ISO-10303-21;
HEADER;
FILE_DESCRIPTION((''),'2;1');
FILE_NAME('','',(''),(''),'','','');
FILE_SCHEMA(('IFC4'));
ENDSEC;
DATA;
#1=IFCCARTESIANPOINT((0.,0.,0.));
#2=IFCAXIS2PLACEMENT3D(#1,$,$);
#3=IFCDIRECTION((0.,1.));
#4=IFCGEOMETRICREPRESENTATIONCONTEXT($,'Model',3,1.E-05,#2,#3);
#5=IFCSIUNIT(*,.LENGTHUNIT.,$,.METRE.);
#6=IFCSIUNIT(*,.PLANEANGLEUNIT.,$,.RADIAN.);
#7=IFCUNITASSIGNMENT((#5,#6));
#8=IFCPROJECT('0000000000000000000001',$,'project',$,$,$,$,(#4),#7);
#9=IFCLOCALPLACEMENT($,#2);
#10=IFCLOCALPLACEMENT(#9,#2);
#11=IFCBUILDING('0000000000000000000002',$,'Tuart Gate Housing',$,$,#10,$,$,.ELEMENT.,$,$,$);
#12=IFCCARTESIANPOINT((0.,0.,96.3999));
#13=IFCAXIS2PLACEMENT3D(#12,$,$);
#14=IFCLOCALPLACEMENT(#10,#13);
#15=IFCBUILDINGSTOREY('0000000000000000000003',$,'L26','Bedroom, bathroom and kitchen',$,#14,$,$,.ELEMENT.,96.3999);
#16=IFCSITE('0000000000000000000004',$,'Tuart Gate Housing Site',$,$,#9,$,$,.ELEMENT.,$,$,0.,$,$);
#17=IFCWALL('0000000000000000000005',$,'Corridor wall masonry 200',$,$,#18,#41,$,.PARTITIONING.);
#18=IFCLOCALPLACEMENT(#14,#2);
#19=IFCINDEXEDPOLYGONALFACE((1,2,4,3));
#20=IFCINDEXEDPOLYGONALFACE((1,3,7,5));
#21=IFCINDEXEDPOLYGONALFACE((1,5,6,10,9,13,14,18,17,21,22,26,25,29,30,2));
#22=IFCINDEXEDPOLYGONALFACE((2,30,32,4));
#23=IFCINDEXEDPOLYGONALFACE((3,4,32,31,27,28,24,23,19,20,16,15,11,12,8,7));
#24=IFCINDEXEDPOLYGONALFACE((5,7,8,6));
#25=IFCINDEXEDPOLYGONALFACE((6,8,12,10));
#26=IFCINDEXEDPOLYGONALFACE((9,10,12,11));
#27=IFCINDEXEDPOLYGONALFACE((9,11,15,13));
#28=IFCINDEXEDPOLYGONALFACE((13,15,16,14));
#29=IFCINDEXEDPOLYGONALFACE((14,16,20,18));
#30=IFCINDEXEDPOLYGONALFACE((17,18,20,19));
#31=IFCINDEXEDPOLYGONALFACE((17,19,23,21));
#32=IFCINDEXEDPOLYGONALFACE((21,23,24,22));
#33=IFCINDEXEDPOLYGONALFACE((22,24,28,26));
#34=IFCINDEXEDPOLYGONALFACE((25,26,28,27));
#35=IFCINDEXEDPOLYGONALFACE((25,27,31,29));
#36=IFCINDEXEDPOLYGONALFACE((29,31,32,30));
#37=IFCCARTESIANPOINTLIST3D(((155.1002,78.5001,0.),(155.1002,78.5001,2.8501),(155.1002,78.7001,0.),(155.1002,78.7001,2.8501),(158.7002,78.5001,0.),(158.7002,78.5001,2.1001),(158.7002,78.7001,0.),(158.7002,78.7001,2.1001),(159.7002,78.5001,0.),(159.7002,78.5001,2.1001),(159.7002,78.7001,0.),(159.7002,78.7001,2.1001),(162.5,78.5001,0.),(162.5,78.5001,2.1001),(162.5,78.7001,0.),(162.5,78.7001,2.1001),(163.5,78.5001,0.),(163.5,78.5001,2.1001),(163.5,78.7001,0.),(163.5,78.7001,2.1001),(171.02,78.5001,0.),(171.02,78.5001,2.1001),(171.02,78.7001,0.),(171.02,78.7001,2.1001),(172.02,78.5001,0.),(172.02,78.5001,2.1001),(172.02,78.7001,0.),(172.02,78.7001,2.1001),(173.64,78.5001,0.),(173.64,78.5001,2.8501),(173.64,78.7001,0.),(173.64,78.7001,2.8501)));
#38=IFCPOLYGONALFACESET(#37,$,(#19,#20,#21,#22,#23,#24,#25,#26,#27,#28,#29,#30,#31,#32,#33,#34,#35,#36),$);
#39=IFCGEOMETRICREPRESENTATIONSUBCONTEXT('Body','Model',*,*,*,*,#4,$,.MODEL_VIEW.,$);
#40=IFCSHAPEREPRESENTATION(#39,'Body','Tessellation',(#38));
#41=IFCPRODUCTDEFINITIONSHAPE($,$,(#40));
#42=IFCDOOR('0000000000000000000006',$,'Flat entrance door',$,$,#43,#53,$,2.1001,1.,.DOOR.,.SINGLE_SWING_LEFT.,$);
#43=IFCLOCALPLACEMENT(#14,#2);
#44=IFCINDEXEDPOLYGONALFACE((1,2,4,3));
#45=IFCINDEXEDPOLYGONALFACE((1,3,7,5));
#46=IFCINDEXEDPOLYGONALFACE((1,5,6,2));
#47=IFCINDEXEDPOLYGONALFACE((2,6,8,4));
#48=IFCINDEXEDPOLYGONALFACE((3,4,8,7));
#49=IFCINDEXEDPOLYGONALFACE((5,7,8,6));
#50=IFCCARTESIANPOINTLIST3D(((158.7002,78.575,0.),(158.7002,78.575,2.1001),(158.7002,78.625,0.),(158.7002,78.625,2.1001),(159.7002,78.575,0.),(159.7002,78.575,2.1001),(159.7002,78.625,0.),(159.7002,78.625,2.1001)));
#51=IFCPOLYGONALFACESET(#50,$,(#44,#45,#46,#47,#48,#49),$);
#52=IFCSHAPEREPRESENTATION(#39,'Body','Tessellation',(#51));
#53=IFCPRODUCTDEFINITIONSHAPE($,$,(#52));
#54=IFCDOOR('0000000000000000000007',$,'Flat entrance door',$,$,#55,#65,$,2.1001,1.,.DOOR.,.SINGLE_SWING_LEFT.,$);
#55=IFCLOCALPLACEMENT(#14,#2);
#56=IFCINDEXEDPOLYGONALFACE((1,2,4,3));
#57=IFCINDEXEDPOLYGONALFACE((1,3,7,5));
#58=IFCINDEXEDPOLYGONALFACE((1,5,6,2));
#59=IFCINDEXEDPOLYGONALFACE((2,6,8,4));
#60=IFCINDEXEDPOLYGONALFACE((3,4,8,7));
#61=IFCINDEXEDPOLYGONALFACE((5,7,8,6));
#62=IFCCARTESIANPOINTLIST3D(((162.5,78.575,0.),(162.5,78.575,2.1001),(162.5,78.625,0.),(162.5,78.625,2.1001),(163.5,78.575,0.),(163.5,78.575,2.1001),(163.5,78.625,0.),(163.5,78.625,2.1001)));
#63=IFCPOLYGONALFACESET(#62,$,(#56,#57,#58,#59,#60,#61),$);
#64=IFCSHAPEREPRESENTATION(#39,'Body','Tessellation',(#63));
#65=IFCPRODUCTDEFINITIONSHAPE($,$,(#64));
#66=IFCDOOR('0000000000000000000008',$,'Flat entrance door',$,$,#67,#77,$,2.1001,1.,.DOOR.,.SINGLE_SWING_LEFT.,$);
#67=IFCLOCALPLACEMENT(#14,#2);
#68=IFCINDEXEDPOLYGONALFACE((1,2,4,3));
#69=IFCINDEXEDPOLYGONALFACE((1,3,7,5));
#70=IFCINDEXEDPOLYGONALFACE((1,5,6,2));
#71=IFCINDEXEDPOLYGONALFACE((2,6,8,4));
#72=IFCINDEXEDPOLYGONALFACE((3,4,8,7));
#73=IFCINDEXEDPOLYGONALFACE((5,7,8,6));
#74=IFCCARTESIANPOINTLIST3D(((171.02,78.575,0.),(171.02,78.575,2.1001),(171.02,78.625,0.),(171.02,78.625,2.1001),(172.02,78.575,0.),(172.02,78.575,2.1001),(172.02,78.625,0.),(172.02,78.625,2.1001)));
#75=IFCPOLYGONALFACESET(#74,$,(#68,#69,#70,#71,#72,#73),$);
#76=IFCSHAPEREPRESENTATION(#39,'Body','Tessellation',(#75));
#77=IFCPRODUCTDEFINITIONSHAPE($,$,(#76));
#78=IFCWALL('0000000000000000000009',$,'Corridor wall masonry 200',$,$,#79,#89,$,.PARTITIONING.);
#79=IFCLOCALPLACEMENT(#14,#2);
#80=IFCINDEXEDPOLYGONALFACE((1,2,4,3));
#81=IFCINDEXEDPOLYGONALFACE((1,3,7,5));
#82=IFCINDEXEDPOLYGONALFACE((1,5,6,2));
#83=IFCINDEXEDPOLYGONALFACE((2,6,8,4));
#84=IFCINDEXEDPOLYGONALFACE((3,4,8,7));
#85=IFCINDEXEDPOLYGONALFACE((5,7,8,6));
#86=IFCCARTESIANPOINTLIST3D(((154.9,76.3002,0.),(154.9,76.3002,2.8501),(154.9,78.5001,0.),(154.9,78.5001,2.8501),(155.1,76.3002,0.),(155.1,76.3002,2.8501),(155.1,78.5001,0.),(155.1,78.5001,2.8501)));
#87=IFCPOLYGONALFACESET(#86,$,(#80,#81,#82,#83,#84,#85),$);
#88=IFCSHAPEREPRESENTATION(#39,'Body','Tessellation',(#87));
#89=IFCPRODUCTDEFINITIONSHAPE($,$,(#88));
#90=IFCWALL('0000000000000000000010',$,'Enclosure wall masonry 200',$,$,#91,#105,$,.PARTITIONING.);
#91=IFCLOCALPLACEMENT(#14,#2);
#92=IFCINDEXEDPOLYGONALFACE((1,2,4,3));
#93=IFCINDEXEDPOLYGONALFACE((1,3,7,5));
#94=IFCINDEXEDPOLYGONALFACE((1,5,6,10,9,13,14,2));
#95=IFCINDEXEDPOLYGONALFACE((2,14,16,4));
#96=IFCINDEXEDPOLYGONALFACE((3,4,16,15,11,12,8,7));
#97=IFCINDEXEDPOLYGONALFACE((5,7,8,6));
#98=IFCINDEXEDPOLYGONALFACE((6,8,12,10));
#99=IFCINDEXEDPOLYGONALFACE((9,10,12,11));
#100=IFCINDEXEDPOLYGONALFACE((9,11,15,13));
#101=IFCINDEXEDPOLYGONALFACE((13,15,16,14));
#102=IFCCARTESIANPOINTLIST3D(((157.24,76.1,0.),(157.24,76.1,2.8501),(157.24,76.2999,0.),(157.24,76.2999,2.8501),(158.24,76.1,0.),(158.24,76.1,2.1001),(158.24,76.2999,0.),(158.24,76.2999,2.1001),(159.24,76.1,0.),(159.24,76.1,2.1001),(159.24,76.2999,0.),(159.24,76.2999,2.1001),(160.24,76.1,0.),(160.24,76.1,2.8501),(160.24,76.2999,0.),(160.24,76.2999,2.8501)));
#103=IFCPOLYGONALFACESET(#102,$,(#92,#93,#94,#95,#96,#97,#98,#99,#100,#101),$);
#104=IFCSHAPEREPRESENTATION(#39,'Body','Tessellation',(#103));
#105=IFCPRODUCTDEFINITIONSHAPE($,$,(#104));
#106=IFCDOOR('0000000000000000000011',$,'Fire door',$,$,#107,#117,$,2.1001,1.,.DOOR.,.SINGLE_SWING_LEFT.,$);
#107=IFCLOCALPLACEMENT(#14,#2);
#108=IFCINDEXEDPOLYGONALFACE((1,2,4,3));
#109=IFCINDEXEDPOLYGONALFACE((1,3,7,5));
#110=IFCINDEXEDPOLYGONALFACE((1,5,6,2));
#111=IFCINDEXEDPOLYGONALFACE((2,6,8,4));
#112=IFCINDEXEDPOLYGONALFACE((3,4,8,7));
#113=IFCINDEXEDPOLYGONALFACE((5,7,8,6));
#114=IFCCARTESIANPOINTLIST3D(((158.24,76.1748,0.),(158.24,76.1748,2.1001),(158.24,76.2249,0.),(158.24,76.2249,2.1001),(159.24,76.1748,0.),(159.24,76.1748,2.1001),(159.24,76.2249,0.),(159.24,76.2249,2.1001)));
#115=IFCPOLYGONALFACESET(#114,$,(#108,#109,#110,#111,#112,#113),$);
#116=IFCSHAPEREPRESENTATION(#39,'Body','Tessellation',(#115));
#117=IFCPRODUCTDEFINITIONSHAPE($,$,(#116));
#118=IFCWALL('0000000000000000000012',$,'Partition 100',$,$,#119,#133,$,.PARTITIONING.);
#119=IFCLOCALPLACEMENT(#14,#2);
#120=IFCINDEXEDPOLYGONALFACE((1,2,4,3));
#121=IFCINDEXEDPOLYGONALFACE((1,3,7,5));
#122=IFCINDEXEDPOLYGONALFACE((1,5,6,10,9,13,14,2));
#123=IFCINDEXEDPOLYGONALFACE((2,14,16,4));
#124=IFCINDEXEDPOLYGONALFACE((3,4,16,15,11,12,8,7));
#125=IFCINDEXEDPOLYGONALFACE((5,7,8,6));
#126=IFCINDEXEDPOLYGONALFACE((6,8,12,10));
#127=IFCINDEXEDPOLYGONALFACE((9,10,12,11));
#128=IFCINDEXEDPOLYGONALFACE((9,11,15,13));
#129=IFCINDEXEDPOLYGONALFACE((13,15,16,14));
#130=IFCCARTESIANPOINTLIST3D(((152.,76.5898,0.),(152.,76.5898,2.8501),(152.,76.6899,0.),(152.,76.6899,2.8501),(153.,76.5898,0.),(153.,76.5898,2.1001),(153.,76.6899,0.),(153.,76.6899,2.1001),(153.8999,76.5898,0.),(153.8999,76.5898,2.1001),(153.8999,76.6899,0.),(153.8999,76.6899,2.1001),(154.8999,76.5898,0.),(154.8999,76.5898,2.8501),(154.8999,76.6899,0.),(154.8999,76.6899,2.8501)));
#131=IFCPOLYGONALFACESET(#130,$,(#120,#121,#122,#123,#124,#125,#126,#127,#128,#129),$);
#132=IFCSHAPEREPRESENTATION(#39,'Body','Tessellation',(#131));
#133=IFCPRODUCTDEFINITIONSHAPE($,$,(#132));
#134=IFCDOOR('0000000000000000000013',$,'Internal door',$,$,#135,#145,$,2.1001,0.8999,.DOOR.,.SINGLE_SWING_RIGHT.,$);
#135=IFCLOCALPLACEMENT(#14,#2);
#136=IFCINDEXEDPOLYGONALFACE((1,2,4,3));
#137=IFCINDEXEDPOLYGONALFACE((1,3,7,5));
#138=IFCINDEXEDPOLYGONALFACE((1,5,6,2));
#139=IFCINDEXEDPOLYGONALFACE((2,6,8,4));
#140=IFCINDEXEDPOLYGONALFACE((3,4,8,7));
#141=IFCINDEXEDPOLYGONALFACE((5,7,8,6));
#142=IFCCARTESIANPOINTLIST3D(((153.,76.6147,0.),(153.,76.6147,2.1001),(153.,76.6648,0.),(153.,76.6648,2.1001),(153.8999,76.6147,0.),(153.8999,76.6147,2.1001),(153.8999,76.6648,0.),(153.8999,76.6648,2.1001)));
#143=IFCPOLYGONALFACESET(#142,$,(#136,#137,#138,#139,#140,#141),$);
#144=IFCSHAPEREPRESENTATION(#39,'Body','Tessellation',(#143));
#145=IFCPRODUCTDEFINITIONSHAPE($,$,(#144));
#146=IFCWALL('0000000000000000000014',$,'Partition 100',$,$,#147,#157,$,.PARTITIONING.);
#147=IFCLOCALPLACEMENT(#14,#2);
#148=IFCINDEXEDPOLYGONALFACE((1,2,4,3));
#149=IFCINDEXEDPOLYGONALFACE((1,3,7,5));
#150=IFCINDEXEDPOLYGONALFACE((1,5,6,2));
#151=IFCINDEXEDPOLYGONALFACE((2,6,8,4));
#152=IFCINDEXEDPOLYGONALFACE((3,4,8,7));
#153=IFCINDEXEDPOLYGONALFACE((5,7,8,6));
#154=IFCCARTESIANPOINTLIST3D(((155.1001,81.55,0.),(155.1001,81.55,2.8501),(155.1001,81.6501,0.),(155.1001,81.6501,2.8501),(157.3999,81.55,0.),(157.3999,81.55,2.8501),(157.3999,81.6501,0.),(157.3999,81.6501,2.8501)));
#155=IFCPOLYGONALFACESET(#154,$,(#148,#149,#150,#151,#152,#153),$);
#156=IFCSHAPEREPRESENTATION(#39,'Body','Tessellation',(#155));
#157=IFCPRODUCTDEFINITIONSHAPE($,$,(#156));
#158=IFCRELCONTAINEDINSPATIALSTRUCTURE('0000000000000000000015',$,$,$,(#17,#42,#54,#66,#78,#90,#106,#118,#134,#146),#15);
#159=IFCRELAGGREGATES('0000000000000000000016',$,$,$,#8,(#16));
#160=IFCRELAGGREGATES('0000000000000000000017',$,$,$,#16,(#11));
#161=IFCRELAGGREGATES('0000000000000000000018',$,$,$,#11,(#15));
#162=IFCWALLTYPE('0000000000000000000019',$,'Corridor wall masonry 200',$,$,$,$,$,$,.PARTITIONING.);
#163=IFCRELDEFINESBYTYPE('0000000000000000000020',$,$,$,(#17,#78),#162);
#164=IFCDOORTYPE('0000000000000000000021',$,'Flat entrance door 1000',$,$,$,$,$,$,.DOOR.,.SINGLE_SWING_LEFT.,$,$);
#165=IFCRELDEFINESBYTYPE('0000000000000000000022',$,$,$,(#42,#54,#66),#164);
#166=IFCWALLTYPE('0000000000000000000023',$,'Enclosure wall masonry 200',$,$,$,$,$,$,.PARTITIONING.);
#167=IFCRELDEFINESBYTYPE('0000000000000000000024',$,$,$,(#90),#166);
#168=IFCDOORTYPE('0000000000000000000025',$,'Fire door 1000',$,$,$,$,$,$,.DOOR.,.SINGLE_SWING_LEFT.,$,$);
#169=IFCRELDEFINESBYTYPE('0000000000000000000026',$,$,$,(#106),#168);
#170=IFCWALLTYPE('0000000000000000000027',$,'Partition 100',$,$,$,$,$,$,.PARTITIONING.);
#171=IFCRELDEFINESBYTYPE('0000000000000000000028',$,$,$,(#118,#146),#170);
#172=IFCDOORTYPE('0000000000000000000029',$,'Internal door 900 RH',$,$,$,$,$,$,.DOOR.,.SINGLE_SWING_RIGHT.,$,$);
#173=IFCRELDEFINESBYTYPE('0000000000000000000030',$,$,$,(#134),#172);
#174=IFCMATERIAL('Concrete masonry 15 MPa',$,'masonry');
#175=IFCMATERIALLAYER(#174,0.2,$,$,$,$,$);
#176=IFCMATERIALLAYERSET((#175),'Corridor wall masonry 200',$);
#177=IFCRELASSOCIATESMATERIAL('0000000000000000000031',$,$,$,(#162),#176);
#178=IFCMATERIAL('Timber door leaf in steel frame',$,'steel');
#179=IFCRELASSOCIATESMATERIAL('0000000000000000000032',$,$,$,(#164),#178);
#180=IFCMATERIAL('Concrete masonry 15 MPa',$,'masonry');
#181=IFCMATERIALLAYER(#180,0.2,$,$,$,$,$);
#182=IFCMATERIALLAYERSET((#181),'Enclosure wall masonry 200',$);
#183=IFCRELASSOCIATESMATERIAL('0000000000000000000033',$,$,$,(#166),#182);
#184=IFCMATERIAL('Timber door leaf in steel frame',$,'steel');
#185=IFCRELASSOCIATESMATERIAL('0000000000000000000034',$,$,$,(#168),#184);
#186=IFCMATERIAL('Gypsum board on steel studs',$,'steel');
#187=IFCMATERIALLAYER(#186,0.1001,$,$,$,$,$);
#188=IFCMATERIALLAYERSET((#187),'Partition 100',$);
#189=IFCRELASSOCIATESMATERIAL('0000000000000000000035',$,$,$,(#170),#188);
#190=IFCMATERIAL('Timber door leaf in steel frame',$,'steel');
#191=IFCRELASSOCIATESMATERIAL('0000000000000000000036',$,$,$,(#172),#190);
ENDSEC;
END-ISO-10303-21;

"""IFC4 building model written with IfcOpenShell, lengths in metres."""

from ifc_helpers import new_model, si_unit, direction, frame, frame_2d, origin, place, context, subcontext, project, spatial, rectangle, extrude, material, layer, layer_set, type_object, element, fill, save


model = new_model("IFC4")

# Units and contexts
model_context = context("Model", 3, precision=1e-05, world=origin(), true_north=direction((0.0, 1.0)))
body_context = subcontext(model_context, "Body", "Model", "MODEL_VIEW")
ifc_project = project(units=[si_unit("LENGTHUNIT", "METRE"), si_unit("PLANEANGLEUNIT", "RADIAN")], contexts=[model_context])

# Site, building, storey
site_placement = place(None, origin())
site = spatial("IfcSite", under=ifc_project, at=site_placement, Name="Tuart Gate Housing Site", CompositionType="ELEMENT", RefElevation=0.0)
building_placement = place(site_placement, origin())
building = spatial("IfcBuilding", under=site, at=building_placement, Name="Tuart Gate Housing", CompositionType="ELEMENT")
storey_placement = place(building_placement, frame((0.0, 0.0, 96.3999)))
storey = spatial("IfcBuildingStorey", under=building, at=storey_placement, Name="L26", Description="Bedroom, bathroom and kitchen", CompositionType="ELEMENT", Elevation=96.3999)

# Shared definitions
ifc_material_1 = material(Name="Concrete masonry 15 MPa", Category="masonry")
ifc_layer_1 = layer(ifc_material_1, 0.2)
ifc_layer_set_1 = layer_set([ifc_layer_1], Name="Corridor wall masonry 200")
wall_type_1 = type_object("IfcWallType", Name="Corridor wall masonry 200", PredefinedType="PARTITIONING", material=ifc_layer_set_1)

# Wall, openings, doors
wall_1_placement = place(storey_placement, frame((155.1001, 78.6001, 0.0), z_axis=(0.0, 0.0, 1.0), x_axis=(1.0, 0.0, 0.0)))
wall_1 = element("IfcWall", 1, at=wall_1_placement, inside=storey, type_object=wall_type_1, Name="Corridor wall masonry 200", PredefinedType="PARTITIONING", context=body_context, shape_type="SweptSolid", body=[
    extrude(rectangle(XDim=18.5398, YDim=0.2, at=frame_2d((9.27, 0.0))), origin(), (0.0, 0.0, 1.0), 2.8501),
])
opening_1_placement = place(wall_1_placement, frame((3.6001, 0.0, 0.0)))
opening_1 = element("IfcOpeningElement", 2, at=opening_1_placement, cuts=wall_1, PredefinedType="OPENING", context=body_context, shape_type="SweptSolid", body=[
    extrude(rectangle(XDim=1.0, YDim=2.1001, at=frame_2d((0.5, 1.05))), frame((0.0, 0.1099, 0.0), z_axis=(0.0, -1.0, 0.0), x_axis=(1.0, 0.0, 0.0)), (0.0, 0.0, 1.0), 0.22),
])
opening_2_placement = place(wall_1_placement, frame((7.3999, 0.0, 0.0)))
opening_2 = element("IfcOpeningElement", 3, at=opening_2_placement, cuts=wall_1, PredefinedType="OPENING", context=body_context, shape_type="SweptSolid", body=[
    extrude(rectangle(XDim=1.0, YDim=2.1001, at=frame_2d((0.5, 1.05))), frame((0.0, 0.1099, 0.0), z_axis=(0.0, -1.0, 0.0), x_axis=(1.0, 0.0, 0.0)), (0.0, 0.0, 1.0), 0.22),
])
opening_3_placement = place(wall_1_placement, frame((15.9199, 0.0, 0.0)))
opening_3 = element("IfcOpeningElement", 4, at=opening_3_placement, cuts=wall_1, PredefinedType="OPENING", context=body_context, shape_type="SweptSolid", body=[
    extrude(rectangle(XDim=1.0, YDim=2.1001, at=frame_2d((0.5, 1.05))), frame((0.0, 0.1099, 0.0), z_axis=(0.0, -1.0, 0.0), x_axis=(1.0, 0.0, 0.0)), (0.0, 0.0, 1.0), 0.22),
])
ifc_material_2 = material(Name="Timber door leaf in steel frame", Category="steel")
door_type_1 = type_object("IfcDoorType", Name="Flat entrance door 1000", OperationType="SINGLE_SWING_LEFT", PredefinedType="DOOR", material=ifc_material_2)
door_1_placement = place(opening_1_placement, origin())
door_1 = element("IfcDoor", 5, at=door_1_placement, inside=storey, type_object=door_type_1, Name="Flat entrance door", OperationType="SINGLE_SWING_LEFT", OverallHeight=2.1001, OverallWidth=1.0, PredefinedType="DOOR", context=body_context, shape_type="SweptSolid", body=[
    extrude(rectangle(XDim=1.0, YDim=2.1001, at=frame_2d((0.5, 1.05))), frame((0.0, 0.0249, 0.0), z_axis=(0.0, -1.0, 0.0), x_axis=(1.0, 0.0, 0.0)), (0.0, 0.0, 1.0), 0.05),
])
fill(opening_1, door_1)
door_2_placement = place(opening_2_placement, origin())
door_2 = element("IfcDoor", 6, at=door_2_placement, inside=storey, type_object=door_type_1, Name="Flat entrance door", OperationType="SINGLE_SWING_LEFT", OverallHeight=2.1001, OverallWidth=1.0, PredefinedType="DOOR", context=body_context, shape_type="SweptSolid", body=[
    extrude(rectangle(XDim=1.0, YDim=2.1001, at=frame_2d((0.5, 1.05))), frame((0.0, 0.0249, 0.0), z_axis=(0.0, -1.0, 0.0), x_axis=(1.0, 0.0, 0.0)), (0.0, 0.0, 1.0), 0.05),
])
fill(opening_2, door_2)
door_3_placement = place(opening_3_placement, origin())
door_3 = element("IfcDoor", 7, at=door_3_placement, inside=storey, type_object=door_type_1, Name="Flat entrance door", OperationType="SINGLE_SWING_LEFT", OverallHeight=2.1001, OverallWidth=1.0, PredefinedType="DOOR", context=body_context, shape_type="SweptSolid", body=[
    extrude(rectangle(XDim=1.0, YDim=2.1001, at=frame_2d((0.5, 1.05))), frame((0.0, 0.0249, 0.0), z_axis=(0.0, -1.0, 0.0), x_axis=(1.0, 0.0, 0.0)), (0.0, 0.0, 1.0), 0.05),
])
fill(opening_3, door_3)

# Wall
wall_2_placement = place(storey_placement, frame((155.0, 76.3, 0.0), z_axis=(0.0, 0.0, 1.0), x_axis=(0.0, 1.0, 0.0)))
element("IfcWall", 8, at=wall_2_placement, inside=storey, type_object=wall_type_1, Name="Corridor wall masonry 200", PredefinedType="PARTITIONING", context=body_context, shape_type="SweptSolid", body=[
    extrude(rectangle(XDim=2.2, YDim=0.2, at=frame_2d((1.1001, 0.0))), origin(), (0.0, 0.0, 1.0), 2.8501),
])

# Walls, openings, doors
ifc_material_3 = material(Name="Concrete masonry 15 MPa", Category="masonry")
ifc_layer_2 = layer(ifc_material_3, 0.2)
ifc_layer_set_2 = layer_set([ifc_layer_2], Name="Enclosure wall masonry 200")
wall_type_2 = type_object("IfcWallType", Name="Enclosure wall masonry 200", PredefinedType="PARTITIONING", material=ifc_layer_set_2)
wall_3_placement = place(storey_placement, frame((157.24, 76.2, 0.0), z_axis=(0.0, 0.0, 1.0), x_axis=(1.0, 0.0, 0.0)))
wall_3 = element("IfcWall", 9, at=wall_3_placement, inside=storey, type_object=wall_type_2, Name="Enclosure wall masonry 200", PredefinedType="PARTITIONING", context=body_context, shape_type="SweptSolid", body=[
    extrude(rectangle(XDim=3.0, YDim=0.2, at=frame_2d((1.5, 0.0))), origin(), (0.0, 0.0, 1.0), 2.8501),
])
opening_4_placement = place(wall_3_placement, frame((1.0, 0.0, 0.0)))
opening_4 = element("IfcOpeningElement", 10, at=opening_4_placement, cuts=wall_3, PredefinedType="OPENING", context=body_context, shape_type="SweptSolid", body=[
    extrude(rectangle(XDim=1.0, YDim=2.1001, at=frame_2d((0.5, 1.05))), frame((0.0, 0.1099, 0.0), z_axis=(0.0, -1.0, 0.0), x_axis=(1.0, 0.0, 0.0)), (0.0, 0.0, 1.0), 0.22),
])
ifc_material_4 = material(Name="Timber door leaf in steel frame", Category="steel")
door_type_2 = type_object("IfcDoorType", Name="Fire door 1000", OperationType="SINGLE_SWING_LEFT", PredefinedType="DOOR", material=ifc_material_4)
door_4_placement = place(opening_4_placement, origin())
door_4 = element("IfcDoor", 11, at=door_4_placement, inside=storey, type_object=door_type_2, Name="Fire door", OperationType="SINGLE_SWING_LEFT", OverallHeight=2.1001, OverallWidth=1.0, PredefinedType="DOOR", context=body_context, shape_type="SweptSolid", body=[
    extrude(rectangle(XDim=1.0, YDim=2.1001, at=frame_2d((0.5, 1.05))), frame((0.0, 0.0249, 0.0), z_axis=(0.0, -1.0, 0.0), x_axis=(1.0, 0.0, 0.0)), (0.0, 0.0, 1.0), 0.05),
])
fill(opening_4, door_4)
ifc_material_5 = material(Name="Gypsum board on steel studs", Category="steel")
ifc_layer_3 = layer(ifc_material_5, 0.1001)
ifc_layer_set_3 = layer_set([ifc_layer_3], Name="Partition 100")
wall_type_3 = type_object("IfcWallType", Name="Partition 100", PredefinedType="PARTITIONING", material=ifc_layer_set_3)
wall_4_placement = place(storey_placement, frame((152.0, 76.6399, 0.0), z_axis=(0.0, 0.0, 1.0), x_axis=(1.0, 0.0, 0.0)))
wall_4 = element("IfcWall", 12, at=wall_4_placement, inside=storey, type_object=wall_type_3, Name="Partition 100", PredefinedType="PARTITIONING", context=body_context, shape_type="SweptSolid", body=[
    extrude(rectangle(XDim=2.8999, YDim=0.1001, at=frame_2d((1.45, 0.0))), origin(), (0.0, 0.0, 1.0), 2.8501),
])
opening_5_placement = place(wall_4_placement, frame((1.0, 0.0, 0.0)))
opening_5 = element("IfcOpeningElement", 13, at=opening_5_placement, cuts=wall_4, PredefinedType="OPENING", context=body_context, shape_type="SweptSolid", body=[
    extrude(rectangle(XDim=0.8999, YDim=2.1001, at=frame_2d((0.45, 1.05))), frame((0.0, 0.0601, 0.0), z_axis=(0.0, -1.0, 0.0), x_axis=(1.0, 0.0, 0.0)), (0.0, 0.0, 1.0), 0.1201),
])
ifc_material_6 = material(Name="Timber door leaf in steel frame", Category="steel")
door_type_3 = type_object("IfcDoorType", Name="Internal door 900 RH", OperationType="SINGLE_SWING_RIGHT", PredefinedType="DOOR", material=ifc_material_6)
door_5_placement = place(opening_5_placement, frame((0.8999, 0.0, 0.0), z_axis=(0.0, 0.0, 1.0), x_axis=(-1.0, 0.0, 0.0)))
door_5 = element("IfcDoor", 14, at=door_5_placement, inside=storey, type_object=door_type_3, Name="Internal door", OperationType="SINGLE_SWING_RIGHT", OverallHeight=2.1001, OverallWidth=0.8999, PredefinedType="DOOR", context=body_context, shape_type="SweptSolid", body=[
    extrude(rectangle(XDim=0.8999, YDim=2.1001, at=frame_2d((0.45, 1.05))), frame((0.0, 0.0251, 0.0), z_axis=(0.0, -1.0, 0.0), x_axis=(1.0, 0.0, 0.0)), (0.0, 0.0, 1.0), 0.05),
])
fill(opening_5, door_5)

# Wall
wall_5_placement = place(storey_placement, frame((155.1001, 81.6001, 0.0), z_axis=(0.0, 0.0, 1.0), x_axis=(1.0, 0.0, 0.0)))
element("IfcWall", 15, at=wall_5_placement, inside=storey, type_object=wall_type_3, Name="Partition 100", PredefinedType="PARTITIONING", context=body_context, shape_type="SweptSolid", body=[
    extrude(rectangle(XDim=2.2998, YDim=0.1001, at=frame_2d((1.1499, 0.0))), origin(), (0.0, 0.0, 1.0), 2.8501),
])

save(model, "model.ifc")
